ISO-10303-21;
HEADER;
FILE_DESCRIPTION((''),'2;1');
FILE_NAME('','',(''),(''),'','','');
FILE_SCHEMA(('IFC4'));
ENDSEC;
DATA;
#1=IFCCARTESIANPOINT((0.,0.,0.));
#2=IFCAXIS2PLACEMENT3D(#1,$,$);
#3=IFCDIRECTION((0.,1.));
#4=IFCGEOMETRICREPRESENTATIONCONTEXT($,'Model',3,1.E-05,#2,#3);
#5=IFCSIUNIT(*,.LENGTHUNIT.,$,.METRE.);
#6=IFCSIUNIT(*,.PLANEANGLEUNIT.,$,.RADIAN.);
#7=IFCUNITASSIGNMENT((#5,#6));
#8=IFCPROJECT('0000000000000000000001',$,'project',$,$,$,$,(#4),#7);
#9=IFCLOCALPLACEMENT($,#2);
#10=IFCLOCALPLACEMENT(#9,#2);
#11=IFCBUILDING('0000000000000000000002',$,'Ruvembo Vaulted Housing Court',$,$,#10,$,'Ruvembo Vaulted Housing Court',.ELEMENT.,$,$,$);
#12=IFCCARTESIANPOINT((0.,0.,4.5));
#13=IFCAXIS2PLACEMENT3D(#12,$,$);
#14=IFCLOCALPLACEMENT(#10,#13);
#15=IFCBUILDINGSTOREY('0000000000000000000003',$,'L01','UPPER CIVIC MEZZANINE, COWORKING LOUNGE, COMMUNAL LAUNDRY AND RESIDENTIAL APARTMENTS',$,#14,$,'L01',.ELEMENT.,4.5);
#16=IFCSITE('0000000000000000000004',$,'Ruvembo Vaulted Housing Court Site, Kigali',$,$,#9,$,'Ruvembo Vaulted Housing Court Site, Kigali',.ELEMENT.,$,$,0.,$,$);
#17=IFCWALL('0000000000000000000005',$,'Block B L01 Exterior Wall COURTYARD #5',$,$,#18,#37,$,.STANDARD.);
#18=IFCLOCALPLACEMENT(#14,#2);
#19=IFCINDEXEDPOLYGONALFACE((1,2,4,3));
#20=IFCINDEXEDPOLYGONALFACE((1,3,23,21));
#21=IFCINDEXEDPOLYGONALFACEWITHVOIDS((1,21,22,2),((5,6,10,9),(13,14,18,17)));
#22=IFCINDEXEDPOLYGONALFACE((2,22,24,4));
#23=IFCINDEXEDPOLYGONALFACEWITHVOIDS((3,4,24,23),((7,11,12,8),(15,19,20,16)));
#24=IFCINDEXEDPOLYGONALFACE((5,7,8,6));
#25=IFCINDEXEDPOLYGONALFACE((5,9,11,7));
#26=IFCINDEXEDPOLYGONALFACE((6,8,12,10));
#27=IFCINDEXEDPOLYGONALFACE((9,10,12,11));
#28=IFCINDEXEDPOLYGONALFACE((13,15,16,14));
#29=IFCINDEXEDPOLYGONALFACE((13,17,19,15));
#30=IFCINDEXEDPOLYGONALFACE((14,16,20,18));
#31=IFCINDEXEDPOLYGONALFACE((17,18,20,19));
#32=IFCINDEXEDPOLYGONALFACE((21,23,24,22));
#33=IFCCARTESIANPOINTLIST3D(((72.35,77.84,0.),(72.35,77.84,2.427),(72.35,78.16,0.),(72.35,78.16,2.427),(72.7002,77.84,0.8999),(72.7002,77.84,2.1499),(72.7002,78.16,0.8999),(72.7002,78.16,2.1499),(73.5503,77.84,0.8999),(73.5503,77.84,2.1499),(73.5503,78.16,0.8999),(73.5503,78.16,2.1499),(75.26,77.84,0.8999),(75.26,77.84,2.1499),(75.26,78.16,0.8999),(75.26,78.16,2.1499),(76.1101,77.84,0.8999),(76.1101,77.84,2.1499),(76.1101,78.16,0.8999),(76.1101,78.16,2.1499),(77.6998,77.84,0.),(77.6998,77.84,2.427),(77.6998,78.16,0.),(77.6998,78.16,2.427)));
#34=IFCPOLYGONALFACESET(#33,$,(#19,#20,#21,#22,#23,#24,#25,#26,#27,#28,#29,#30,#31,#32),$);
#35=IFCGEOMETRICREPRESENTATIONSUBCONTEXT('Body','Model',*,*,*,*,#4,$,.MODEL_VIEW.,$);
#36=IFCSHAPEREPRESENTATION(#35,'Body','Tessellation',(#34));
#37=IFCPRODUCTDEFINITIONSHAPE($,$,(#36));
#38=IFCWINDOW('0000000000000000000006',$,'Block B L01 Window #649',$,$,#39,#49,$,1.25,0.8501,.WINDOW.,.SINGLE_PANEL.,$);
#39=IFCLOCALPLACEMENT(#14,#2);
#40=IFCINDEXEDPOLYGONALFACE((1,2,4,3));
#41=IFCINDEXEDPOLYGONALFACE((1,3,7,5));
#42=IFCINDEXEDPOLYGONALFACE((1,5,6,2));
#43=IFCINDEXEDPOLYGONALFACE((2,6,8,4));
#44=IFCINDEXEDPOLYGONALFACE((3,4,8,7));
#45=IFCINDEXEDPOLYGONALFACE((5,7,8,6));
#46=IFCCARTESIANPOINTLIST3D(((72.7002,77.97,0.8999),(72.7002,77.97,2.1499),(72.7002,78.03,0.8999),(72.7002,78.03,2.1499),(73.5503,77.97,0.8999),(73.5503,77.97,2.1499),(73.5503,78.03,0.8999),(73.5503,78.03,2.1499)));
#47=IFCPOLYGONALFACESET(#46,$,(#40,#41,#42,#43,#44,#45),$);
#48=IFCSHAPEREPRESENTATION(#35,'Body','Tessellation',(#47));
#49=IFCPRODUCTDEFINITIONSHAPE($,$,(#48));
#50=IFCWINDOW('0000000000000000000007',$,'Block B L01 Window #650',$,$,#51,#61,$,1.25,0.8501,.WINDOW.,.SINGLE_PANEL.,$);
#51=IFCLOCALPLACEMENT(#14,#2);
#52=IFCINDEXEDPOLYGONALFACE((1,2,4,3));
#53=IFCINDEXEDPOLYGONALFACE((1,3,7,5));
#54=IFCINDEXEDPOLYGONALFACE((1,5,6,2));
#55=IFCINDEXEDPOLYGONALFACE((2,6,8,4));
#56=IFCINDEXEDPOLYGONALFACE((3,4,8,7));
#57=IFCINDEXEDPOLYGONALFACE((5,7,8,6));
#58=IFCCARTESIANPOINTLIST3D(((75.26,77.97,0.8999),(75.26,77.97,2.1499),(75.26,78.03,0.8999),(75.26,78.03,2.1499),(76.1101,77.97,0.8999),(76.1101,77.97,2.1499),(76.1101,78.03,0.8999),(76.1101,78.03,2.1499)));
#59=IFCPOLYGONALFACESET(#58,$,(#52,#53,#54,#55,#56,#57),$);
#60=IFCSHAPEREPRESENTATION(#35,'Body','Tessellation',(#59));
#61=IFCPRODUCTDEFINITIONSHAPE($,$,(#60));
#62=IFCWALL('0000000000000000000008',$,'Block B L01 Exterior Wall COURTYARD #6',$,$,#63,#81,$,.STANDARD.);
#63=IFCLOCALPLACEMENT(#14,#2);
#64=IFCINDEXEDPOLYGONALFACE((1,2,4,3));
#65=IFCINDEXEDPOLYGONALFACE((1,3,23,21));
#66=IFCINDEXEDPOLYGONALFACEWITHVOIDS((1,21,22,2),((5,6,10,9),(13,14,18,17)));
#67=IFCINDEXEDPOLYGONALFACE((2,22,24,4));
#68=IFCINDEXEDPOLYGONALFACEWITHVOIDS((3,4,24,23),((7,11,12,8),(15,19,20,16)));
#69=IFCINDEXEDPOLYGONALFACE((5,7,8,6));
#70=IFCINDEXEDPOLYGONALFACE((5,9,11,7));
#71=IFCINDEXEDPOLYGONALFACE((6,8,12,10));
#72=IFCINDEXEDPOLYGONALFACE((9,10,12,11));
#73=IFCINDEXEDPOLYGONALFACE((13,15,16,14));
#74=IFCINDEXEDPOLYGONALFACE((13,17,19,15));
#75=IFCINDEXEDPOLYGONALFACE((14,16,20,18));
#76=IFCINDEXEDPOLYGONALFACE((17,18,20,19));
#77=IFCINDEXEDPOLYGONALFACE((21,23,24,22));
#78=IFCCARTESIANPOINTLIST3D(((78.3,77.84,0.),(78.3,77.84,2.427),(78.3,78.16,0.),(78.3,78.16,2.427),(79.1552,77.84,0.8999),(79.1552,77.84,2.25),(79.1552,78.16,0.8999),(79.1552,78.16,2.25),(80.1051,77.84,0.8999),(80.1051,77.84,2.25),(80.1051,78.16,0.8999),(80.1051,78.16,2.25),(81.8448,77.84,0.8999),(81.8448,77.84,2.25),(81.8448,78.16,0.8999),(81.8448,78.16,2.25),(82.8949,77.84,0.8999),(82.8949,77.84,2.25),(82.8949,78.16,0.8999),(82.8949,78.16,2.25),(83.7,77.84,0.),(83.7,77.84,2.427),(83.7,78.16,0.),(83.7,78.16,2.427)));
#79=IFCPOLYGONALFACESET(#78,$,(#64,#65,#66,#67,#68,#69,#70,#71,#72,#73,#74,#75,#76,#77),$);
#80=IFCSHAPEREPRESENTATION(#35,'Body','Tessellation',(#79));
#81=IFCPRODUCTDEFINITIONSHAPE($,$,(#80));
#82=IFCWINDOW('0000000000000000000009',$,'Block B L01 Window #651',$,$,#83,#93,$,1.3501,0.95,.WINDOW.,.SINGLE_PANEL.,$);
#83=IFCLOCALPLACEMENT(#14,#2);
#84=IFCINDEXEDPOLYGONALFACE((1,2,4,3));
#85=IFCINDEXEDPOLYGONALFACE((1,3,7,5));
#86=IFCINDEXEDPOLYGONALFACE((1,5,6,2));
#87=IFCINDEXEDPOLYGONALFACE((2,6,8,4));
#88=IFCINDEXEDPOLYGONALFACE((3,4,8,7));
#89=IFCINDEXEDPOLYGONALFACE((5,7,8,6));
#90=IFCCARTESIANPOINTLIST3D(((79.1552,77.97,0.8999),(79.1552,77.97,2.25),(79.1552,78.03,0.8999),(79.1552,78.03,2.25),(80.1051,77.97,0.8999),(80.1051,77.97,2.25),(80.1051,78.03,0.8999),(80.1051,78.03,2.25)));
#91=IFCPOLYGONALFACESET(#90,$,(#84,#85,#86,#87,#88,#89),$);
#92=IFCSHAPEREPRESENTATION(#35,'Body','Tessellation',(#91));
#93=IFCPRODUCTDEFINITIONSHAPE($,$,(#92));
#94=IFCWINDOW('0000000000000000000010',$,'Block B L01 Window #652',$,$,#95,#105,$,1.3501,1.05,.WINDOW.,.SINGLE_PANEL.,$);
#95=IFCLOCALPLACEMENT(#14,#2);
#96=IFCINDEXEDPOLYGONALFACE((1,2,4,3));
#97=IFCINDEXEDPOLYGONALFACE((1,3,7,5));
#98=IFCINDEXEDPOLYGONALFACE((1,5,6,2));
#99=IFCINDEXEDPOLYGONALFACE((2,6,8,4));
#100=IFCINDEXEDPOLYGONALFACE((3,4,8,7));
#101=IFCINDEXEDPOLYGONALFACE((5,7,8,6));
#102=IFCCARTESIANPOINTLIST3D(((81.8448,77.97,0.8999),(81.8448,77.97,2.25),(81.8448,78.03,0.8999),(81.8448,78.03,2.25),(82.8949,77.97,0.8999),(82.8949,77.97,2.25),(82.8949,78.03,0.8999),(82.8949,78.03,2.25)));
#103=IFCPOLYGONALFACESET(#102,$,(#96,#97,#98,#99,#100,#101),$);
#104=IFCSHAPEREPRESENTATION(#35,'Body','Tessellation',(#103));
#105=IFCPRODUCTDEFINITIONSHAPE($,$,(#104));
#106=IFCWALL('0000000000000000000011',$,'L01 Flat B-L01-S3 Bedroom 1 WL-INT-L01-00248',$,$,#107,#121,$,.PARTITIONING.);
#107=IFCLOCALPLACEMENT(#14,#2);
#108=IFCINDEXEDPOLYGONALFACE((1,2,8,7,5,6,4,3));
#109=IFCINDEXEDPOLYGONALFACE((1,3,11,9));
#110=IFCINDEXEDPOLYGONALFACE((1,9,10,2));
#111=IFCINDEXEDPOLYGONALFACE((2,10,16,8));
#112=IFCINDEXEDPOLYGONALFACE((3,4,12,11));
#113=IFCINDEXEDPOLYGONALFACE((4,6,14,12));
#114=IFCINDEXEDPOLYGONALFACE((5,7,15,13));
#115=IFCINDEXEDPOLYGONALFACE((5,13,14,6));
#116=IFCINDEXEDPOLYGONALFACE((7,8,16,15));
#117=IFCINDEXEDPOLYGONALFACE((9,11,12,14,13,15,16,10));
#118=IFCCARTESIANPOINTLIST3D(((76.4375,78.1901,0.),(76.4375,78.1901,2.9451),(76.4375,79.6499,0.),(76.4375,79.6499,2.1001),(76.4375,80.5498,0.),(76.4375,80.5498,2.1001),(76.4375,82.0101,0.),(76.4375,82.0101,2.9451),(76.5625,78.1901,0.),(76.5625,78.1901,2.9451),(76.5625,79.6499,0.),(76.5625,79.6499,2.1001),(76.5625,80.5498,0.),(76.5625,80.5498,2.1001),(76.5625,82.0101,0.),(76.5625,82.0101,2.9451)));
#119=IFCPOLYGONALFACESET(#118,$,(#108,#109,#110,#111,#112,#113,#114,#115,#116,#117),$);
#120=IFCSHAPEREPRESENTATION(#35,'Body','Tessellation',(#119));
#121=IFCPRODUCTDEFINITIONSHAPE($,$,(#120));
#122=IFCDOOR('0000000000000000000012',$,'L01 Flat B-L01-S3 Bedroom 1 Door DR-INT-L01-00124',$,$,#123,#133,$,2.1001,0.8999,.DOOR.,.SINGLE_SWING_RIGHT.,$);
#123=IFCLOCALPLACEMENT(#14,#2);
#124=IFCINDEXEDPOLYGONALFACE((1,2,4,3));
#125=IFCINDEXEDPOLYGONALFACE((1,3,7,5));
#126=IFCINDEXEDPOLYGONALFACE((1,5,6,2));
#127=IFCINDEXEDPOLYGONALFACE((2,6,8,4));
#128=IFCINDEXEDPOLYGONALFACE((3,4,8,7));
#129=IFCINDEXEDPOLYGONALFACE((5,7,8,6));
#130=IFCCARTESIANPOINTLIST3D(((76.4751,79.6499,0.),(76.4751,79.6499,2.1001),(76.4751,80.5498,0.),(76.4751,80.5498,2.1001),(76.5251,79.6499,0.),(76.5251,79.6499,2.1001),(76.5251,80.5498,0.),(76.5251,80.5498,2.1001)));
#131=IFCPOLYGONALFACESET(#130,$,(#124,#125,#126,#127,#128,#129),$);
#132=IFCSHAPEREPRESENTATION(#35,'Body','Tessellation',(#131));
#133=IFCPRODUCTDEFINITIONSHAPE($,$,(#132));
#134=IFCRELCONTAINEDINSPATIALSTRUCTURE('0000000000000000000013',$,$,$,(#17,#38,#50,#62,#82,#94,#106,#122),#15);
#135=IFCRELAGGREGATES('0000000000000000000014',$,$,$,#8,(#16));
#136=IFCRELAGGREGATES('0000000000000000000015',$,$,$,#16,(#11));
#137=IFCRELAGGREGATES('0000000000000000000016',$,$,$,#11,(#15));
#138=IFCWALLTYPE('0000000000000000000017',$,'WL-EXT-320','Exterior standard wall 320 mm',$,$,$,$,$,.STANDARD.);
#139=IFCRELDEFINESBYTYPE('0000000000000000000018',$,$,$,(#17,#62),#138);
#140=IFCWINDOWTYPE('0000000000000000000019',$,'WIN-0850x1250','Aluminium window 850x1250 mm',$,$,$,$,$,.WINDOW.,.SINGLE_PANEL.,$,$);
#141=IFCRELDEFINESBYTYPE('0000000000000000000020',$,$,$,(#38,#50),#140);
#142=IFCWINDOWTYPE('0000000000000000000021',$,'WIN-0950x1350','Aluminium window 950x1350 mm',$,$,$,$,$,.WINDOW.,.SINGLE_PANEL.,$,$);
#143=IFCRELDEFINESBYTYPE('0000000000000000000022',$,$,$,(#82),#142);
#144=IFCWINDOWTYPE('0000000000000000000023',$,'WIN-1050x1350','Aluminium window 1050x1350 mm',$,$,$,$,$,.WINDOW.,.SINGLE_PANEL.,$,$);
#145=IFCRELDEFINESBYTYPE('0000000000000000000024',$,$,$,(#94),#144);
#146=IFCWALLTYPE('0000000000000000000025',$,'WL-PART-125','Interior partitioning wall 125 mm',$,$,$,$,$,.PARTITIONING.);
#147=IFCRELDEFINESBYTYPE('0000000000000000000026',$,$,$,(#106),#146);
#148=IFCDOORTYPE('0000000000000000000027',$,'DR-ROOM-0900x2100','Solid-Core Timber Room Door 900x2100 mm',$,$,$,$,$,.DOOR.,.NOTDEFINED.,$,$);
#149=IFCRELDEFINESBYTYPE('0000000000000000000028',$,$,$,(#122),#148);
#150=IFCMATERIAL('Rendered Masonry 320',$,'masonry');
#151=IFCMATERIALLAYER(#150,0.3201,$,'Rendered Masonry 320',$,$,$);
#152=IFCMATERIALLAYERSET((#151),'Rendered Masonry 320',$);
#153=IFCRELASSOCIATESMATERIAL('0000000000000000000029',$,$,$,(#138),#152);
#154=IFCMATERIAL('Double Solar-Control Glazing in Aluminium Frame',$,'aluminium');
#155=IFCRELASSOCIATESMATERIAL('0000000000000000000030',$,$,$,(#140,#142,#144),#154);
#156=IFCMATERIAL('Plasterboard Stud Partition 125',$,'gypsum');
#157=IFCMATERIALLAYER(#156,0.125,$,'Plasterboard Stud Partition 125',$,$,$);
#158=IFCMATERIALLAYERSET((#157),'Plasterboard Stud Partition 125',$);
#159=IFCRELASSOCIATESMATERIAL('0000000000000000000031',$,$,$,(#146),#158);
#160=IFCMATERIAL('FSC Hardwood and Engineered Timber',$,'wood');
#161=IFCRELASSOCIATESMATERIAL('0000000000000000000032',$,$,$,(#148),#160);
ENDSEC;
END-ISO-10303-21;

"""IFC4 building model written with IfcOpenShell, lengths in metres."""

from ifc_helpers import new_model, si_unit, direction, frame, frame_2d, origin, place, context, subcontext, project, spatial, rectangle, extrude, material, layer, layer_set, type_object, element, fill, save


model = new_model("IFC4")

# Units and contexts
model_context = context("Model", 3, precision=1e-05, world=origin(), true_north=direction((0.0, 1.0)))
body_context = subcontext(model_context, "Body", "Model", "MODEL_VIEW")
ifc_project = project(units=[si_unit("LENGTHUNIT", "METRE"), si_unit("PLANEANGLEUNIT", "RADIAN")], contexts=[model_context])

# Site, building, storey
site_placement = place(None, origin())
site = spatial("IfcSite", under=ifc_project, at=site_placement, Name="Ruvembo Vaulted Housing Court Site, Kigali", LongName="Ruvembo Vaulted Housing Court Site, Kigali", CompositionType="ELEMENT", RefElevation=0.0)
building_placement = place(site_placement, origin())
building = spatial("IfcBuilding", under=site, at=building_placement, Name="Ruvembo Vaulted Housing Court", LongName="Ruvembo Vaulted Housing Court", CompositionType="ELEMENT")
storey_placement = place(building_placement, frame((0.0, 0.0, 4.5)))
storey = spatial("IfcBuildingStorey", under=building, at=storey_placement, Name="L01", Description="UPPER CIVIC MEZZANINE, COWORKING LOUNGE, COMMUNAL LAUNDRY AND RESIDENTIAL APARTMENTS", LongName="L01", CompositionType="ELEMENT", Elevation=4.5)

# Shared definitions
ifc_material_1 = material(Name="FSC Hardwood and Engineered Timber", Category="wood")

# Walls, openings, windows
ifc_material_2 = material(Name="Rendered Masonry 320", Category="masonry")
ifc_layer_1 = layer(ifc_material_2, 0.3201, Name="Rendered Masonry 320")
ifc_layer_set_1 = layer_set([ifc_layer_1], Name="Rendered Masonry 320")
wall_type_1 = type_object("IfcWallType", Name="WL-EXT-320", Description="Exterior standard wall 320 mm", PredefinedType="STANDARD", material=ifc_layer_set_1)
wall_1_placement = place(storey_placement, frame((72.3501, 78.0, 0.0), z_axis=(0.0, 0.0, 1.0), x_axis=(1.0, 0.0, 0.0)))
wall_1 = element("IfcWall", 1, at=wall_1_placement, inside=storey, type_object=wall_type_1, Name="Block B L01 Exterior Wall COURTYARD #5", PredefinedType="STANDARD", context=body_context, shape_type="SweptSolid", body=[
    extrude(rectangle(XDim=5.3499, YDim=0.3201, at=frame_2d((2.6748, 0.0))), origin(), (0.0, 0.0, 1.0), 2.427),
])
opening_1_placement = place(wall_1_placement, frame((0.3501, 0.0, 0.8999)))
opening_1 = element("IfcOpeningElement", 2, at=opening_1_placement, cuts=wall_1, PredefinedType="OPENING", context=body_context, shape_type="SweptSolid", body=[
    extrude(rectangle(XDim=0.8501, YDim=1.25, at=frame_2d((0.425, 0.625))), frame((0.0, 0.1699, 0.0), z_axis=(0.0, -1.0, 0.0), x_axis=(1.0, 0.0, 0.0)), (0.0, 0.0, 1.0), 0.3401),
])
opening_2_placement = place(wall_1_placement, frame((2.9099, 0.0, 0.8999)))
opening_2 = element("IfcOpeningElement", 3, at=opening_2_placement, cuts=wall_1, PredefinedType="OPENING", context=body_context, shape_type="SweptSolid", body=[
    extrude(rectangle(XDim=0.8501, YDim=1.25, at=frame_2d((0.425, 0.625))), frame((0.0, 0.1699, 0.0), z_axis=(0.0, -1.0, 0.0), x_axis=(1.0, 0.0, 0.0)), (0.0, 0.0, 1.0), 0.3401),
])
ifc_material_3 = material(Name="Double Solar-Control Glazing in Aluminium Frame", Category="aluminium")
window_type_1 = type_object("IfcWindowType", Name="WIN-0850x1250", Description="Aluminium window 850x1250 mm", PartitioningType="SINGLE_PANEL", PredefinedType="WINDOW", material=ifc_material_3)
window_1_placement = place(opening_1_placement, origin())
window_1 = element("IfcWindow", 4, at=window_1_placement, inside=storey, type_object=window_type_1, Name="Block B L01 Window #649", OverallHeight=1.25, OverallWidth=0.8501, PartitioningType="SINGLE_PANEL", PredefinedType="WINDOW", context=body_context, shape_type="SweptSolid", body=[
    extrude(rectangle(XDim=0.8501, YDim=1.25, at=frame_2d((0.425, 0.625))), frame((0.0, 0.03, 0.0), z_axis=(0.0, -1.0, 0.0), x_axis=(1.0, 0.0, 0.0)), (0.0, 0.0, 1.0), 0.0601),
])
fill(opening_1, window_1)
window_2_placement = place(opening_2_placement, origin())
window_2 = element("IfcWindow", 5, at=window_2_placement, inside=storey, type_object=window_type_1, Name="Block B L01 Window #650", OverallHeight=1.25, OverallWidth=0.8501, PartitioningType="SINGLE_PANEL", PredefinedType="WINDOW", context=body_context, shape_type="SweptSolid", body=[
    extrude(rectangle(XDim=0.8501, YDim=1.25, at=frame_2d((0.425, 0.625))), frame((0.0, 0.03, 0.0), z_axis=(0.0, -1.0, 0.0), x_axis=(1.0, 0.0, 0.0)), (0.0, 0.0, 1.0), 0.0601),
])
fill(opening_2, window_2)
wall_2_placement = place(storey_placement, frame((78.3, 78.0, 0.0), z_axis=(0.0, 0.0, 1.0), x_axis=(1.0, 0.0, 0.0)))
wall_2 = element("IfcWall", 6, at=wall_2_placement, inside=storey, type_object=wall_type_1, Name="Block B L01 Exterior Wall COURTYARD #6", PredefinedType="STANDARD", context=body_context, shape_type="SweptSolid", body=[
    extrude(rectangle(XDim=5.3999, YDim=0.3201, at=frame_2d((2.7, 0.0))), origin(), (0.0, 0.0, 1.0), 2.427),
])
opening_3_placement = place(wall_2_placement, frame((0.855, 0.0, 0.8999)))
opening_3 = element("IfcOpeningElement", 7, at=opening_3_placement, cuts=wall_2, PredefinedType="OPENING", context=body_context, shape_type="SweptSolid", body=[
    extrude(rectangle(XDim=0.95, YDim=1.3501, at=frame_2d((0.4751, 0.675))), frame((0.0, 0.1699, 0.0), z_axis=(0.0, -1.0, 0.0), x_axis=(1.0, 0.0, 0.0)), (0.0, 0.0, 1.0), 0.3401),
])
opening_4_placement = place(wall_2_placement, frame((3.5449, 0.0, 0.8999)))
opening_4 = element("IfcOpeningElement", 8, at=opening_4_placement, cuts=wall_2, PredefinedType="OPENING", context=body_context, shape_type="SweptSolid", body=[
    extrude(rectangle(XDim=1.05, YDim=1.3501, at=frame_2d((0.5249, 0.675))), frame((0.0, 0.1699, 0.0), z_axis=(0.0, -1.0, 0.0), x_axis=(1.0, 0.0, 0.0)), (0.0, 0.0, 1.0), 0.3401),
])
window_type_2 = type_object("IfcWindowType", Name="WIN-0950x1350", Description="Aluminium window 950x1350 mm", PartitioningType="SINGLE_PANEL", PredefinedType="WINDOW", material=ifc_material_3)
window_3_placement = place(opening_3_placement, origin())
window_3 = element("IfcWindow", 9, at=window_3_placement, inside=storey, type_object=window_type_2, Name="Block B L01 Window #651", OverallHeight=1.3501, OverallWidth=0.95, PartitioningType="SINGLE_PANEL", PredefinedType="WINDOW", context=body_context, shape_type="SweptSolid", body=[
    extrude(rectangle(XDim=0.95, YDim=1.3501, at=frame_2d((0.4751, 0.675))), frame((0.0, 0.03, 0.0), z_axis=(0.0, -1.0, 0.0), x_axis=(1.0, 0.0, 0.0)), (0.0, 0.0, 1.0), 0.0601),
])
fill(opening_3, window_3)
window_type_3 = type_object("IfcWindowType", Name="WIN-1050x1350", Description="Aluminium window 1050x1350 mm", PartitioningType="SINGLE_PANEL", PredefinedType="WINDOW", material=ifc_material_3)
window_4_placement = place(opening_4_placement, origin())
window_4 = element("IfcWindow", 10, at=window_4_placement, inside=storey, type_object=window_type_3, Name="Block B L01 Window #652", OverallHeight=1.3501, OverallWidth=1.05, PartitioningType="SINGLE_PANEL", PredefinedType="WINDOW", context=body_context, shape_type="SweptSolid", body=[
    extrude(rectangle(XDim=1.05, YDim=1.3501, at=frame_2d((0.5249, 0.675))), frame((0.0, 0.03, 0.0), z_axis=(0.0, -1.0, 0.0), x_axis=(1.0, 0.0, 0.0)), (0.0, 0.0, 1.0), 0.0601),
])
fill(opening_4, window_4)

# Wall, opening, door
ifc_material_4 = material(Name="Plasterboard Stud Partition 125", Category="gypsum")
ifc_layer_2 = layer(ifc_material_4, 0.125, Name="Plasterboard Stud Partition 125")
ifc_layer_set_2 = layer_set([ifc_layer_2], Name="Plasterboard Stud Partition 125")
wall_type_2 = type_object("IfcWallType", Name="WL-PART-125", Description="Interior partitioning wall 125 mm", PredefinedType="PARTITIONING", material=ifc_layer_set_2)
wall_3_placement = place(storey_placement, frame((76.5, 78.1899, 0.0), z_axis=(0.0, 0.0, 1.0), x_axis=(0.0, 1.0, 0.0)))
wall_3 = element("IfcWall", 11, at=wall_3_placement, inside=storey, type_object=wall_type_2, Name="L01 Flat B-L01-S3 Bedroom 1 WL-INT-L01-00248", PredefinedType="PARTITIONING", context=body_context, shape_type="SweptSolid", body=[
    extrude(rectangle(XDim=3.8201, YDim=0.125, at=frame_2d((1.9102, 0.0))), origin(), (0.0, 0.0, 1.0), 2.9451),
])
opening_5_placement = place(wall_3_placement, frame((1.46, 0.0, 0.0)))
opening_5 = element("IfcOpeningElement", 12, at=opening_5_placement, cuts=wall_3, PredefinedType="OPENING", context=body_context, shape_type="SweptSolid", body=[
    extrude(rectangle(XDim=0.8999, YDim=2.1001, at=frame_2d((0.45, 1.05))), frame((0.0, 0.0725, 0.0), z_axis=(0.0, -1.0, 0.0), x_axis=(1.0, 0.0, 0.0)), (0.0, 0.0, 1.0), 0.145),
])
door_type_1 = type_object("IfcDoorType", Name="DR-ROOM-0900x2100", Description="Solid-Core Timber Room Door 900x2100 mm", OperationType="NOTDEFINED", PredefinedType="DOOR", material=ifc_material_1)
door_1_placement = place(opening_5_placement, origin())
door_1 = element("IfcDoor", 13, at=door_1_placement, inside=storey, type_object=door_type_1, Name="L01 Flat B-L01-S3 Bedroom 1 Door DR-INT-L01-00124", OperationType="SINGLE_SWING_RIGHT", OverallHeight=2.1001, OverallWidth=0.8999, PredefinedType="DOOR", context=body_context, shape_type="SweptSolid", body=[
    extrude(rectangle(XDim=0.8999, YDim=2.1001, at=frame_2d((0.45, 1.05))), frame((0.0, 0.0249, 0.0), z_axis=(0.0, -1.0, 0.0), x_axis=(1.0, 0.0, 0.0)), (0.0, 0.0, 1.0), 0.05),
])
fill(opening_5, door_1)

save(model, "model.ifc")
